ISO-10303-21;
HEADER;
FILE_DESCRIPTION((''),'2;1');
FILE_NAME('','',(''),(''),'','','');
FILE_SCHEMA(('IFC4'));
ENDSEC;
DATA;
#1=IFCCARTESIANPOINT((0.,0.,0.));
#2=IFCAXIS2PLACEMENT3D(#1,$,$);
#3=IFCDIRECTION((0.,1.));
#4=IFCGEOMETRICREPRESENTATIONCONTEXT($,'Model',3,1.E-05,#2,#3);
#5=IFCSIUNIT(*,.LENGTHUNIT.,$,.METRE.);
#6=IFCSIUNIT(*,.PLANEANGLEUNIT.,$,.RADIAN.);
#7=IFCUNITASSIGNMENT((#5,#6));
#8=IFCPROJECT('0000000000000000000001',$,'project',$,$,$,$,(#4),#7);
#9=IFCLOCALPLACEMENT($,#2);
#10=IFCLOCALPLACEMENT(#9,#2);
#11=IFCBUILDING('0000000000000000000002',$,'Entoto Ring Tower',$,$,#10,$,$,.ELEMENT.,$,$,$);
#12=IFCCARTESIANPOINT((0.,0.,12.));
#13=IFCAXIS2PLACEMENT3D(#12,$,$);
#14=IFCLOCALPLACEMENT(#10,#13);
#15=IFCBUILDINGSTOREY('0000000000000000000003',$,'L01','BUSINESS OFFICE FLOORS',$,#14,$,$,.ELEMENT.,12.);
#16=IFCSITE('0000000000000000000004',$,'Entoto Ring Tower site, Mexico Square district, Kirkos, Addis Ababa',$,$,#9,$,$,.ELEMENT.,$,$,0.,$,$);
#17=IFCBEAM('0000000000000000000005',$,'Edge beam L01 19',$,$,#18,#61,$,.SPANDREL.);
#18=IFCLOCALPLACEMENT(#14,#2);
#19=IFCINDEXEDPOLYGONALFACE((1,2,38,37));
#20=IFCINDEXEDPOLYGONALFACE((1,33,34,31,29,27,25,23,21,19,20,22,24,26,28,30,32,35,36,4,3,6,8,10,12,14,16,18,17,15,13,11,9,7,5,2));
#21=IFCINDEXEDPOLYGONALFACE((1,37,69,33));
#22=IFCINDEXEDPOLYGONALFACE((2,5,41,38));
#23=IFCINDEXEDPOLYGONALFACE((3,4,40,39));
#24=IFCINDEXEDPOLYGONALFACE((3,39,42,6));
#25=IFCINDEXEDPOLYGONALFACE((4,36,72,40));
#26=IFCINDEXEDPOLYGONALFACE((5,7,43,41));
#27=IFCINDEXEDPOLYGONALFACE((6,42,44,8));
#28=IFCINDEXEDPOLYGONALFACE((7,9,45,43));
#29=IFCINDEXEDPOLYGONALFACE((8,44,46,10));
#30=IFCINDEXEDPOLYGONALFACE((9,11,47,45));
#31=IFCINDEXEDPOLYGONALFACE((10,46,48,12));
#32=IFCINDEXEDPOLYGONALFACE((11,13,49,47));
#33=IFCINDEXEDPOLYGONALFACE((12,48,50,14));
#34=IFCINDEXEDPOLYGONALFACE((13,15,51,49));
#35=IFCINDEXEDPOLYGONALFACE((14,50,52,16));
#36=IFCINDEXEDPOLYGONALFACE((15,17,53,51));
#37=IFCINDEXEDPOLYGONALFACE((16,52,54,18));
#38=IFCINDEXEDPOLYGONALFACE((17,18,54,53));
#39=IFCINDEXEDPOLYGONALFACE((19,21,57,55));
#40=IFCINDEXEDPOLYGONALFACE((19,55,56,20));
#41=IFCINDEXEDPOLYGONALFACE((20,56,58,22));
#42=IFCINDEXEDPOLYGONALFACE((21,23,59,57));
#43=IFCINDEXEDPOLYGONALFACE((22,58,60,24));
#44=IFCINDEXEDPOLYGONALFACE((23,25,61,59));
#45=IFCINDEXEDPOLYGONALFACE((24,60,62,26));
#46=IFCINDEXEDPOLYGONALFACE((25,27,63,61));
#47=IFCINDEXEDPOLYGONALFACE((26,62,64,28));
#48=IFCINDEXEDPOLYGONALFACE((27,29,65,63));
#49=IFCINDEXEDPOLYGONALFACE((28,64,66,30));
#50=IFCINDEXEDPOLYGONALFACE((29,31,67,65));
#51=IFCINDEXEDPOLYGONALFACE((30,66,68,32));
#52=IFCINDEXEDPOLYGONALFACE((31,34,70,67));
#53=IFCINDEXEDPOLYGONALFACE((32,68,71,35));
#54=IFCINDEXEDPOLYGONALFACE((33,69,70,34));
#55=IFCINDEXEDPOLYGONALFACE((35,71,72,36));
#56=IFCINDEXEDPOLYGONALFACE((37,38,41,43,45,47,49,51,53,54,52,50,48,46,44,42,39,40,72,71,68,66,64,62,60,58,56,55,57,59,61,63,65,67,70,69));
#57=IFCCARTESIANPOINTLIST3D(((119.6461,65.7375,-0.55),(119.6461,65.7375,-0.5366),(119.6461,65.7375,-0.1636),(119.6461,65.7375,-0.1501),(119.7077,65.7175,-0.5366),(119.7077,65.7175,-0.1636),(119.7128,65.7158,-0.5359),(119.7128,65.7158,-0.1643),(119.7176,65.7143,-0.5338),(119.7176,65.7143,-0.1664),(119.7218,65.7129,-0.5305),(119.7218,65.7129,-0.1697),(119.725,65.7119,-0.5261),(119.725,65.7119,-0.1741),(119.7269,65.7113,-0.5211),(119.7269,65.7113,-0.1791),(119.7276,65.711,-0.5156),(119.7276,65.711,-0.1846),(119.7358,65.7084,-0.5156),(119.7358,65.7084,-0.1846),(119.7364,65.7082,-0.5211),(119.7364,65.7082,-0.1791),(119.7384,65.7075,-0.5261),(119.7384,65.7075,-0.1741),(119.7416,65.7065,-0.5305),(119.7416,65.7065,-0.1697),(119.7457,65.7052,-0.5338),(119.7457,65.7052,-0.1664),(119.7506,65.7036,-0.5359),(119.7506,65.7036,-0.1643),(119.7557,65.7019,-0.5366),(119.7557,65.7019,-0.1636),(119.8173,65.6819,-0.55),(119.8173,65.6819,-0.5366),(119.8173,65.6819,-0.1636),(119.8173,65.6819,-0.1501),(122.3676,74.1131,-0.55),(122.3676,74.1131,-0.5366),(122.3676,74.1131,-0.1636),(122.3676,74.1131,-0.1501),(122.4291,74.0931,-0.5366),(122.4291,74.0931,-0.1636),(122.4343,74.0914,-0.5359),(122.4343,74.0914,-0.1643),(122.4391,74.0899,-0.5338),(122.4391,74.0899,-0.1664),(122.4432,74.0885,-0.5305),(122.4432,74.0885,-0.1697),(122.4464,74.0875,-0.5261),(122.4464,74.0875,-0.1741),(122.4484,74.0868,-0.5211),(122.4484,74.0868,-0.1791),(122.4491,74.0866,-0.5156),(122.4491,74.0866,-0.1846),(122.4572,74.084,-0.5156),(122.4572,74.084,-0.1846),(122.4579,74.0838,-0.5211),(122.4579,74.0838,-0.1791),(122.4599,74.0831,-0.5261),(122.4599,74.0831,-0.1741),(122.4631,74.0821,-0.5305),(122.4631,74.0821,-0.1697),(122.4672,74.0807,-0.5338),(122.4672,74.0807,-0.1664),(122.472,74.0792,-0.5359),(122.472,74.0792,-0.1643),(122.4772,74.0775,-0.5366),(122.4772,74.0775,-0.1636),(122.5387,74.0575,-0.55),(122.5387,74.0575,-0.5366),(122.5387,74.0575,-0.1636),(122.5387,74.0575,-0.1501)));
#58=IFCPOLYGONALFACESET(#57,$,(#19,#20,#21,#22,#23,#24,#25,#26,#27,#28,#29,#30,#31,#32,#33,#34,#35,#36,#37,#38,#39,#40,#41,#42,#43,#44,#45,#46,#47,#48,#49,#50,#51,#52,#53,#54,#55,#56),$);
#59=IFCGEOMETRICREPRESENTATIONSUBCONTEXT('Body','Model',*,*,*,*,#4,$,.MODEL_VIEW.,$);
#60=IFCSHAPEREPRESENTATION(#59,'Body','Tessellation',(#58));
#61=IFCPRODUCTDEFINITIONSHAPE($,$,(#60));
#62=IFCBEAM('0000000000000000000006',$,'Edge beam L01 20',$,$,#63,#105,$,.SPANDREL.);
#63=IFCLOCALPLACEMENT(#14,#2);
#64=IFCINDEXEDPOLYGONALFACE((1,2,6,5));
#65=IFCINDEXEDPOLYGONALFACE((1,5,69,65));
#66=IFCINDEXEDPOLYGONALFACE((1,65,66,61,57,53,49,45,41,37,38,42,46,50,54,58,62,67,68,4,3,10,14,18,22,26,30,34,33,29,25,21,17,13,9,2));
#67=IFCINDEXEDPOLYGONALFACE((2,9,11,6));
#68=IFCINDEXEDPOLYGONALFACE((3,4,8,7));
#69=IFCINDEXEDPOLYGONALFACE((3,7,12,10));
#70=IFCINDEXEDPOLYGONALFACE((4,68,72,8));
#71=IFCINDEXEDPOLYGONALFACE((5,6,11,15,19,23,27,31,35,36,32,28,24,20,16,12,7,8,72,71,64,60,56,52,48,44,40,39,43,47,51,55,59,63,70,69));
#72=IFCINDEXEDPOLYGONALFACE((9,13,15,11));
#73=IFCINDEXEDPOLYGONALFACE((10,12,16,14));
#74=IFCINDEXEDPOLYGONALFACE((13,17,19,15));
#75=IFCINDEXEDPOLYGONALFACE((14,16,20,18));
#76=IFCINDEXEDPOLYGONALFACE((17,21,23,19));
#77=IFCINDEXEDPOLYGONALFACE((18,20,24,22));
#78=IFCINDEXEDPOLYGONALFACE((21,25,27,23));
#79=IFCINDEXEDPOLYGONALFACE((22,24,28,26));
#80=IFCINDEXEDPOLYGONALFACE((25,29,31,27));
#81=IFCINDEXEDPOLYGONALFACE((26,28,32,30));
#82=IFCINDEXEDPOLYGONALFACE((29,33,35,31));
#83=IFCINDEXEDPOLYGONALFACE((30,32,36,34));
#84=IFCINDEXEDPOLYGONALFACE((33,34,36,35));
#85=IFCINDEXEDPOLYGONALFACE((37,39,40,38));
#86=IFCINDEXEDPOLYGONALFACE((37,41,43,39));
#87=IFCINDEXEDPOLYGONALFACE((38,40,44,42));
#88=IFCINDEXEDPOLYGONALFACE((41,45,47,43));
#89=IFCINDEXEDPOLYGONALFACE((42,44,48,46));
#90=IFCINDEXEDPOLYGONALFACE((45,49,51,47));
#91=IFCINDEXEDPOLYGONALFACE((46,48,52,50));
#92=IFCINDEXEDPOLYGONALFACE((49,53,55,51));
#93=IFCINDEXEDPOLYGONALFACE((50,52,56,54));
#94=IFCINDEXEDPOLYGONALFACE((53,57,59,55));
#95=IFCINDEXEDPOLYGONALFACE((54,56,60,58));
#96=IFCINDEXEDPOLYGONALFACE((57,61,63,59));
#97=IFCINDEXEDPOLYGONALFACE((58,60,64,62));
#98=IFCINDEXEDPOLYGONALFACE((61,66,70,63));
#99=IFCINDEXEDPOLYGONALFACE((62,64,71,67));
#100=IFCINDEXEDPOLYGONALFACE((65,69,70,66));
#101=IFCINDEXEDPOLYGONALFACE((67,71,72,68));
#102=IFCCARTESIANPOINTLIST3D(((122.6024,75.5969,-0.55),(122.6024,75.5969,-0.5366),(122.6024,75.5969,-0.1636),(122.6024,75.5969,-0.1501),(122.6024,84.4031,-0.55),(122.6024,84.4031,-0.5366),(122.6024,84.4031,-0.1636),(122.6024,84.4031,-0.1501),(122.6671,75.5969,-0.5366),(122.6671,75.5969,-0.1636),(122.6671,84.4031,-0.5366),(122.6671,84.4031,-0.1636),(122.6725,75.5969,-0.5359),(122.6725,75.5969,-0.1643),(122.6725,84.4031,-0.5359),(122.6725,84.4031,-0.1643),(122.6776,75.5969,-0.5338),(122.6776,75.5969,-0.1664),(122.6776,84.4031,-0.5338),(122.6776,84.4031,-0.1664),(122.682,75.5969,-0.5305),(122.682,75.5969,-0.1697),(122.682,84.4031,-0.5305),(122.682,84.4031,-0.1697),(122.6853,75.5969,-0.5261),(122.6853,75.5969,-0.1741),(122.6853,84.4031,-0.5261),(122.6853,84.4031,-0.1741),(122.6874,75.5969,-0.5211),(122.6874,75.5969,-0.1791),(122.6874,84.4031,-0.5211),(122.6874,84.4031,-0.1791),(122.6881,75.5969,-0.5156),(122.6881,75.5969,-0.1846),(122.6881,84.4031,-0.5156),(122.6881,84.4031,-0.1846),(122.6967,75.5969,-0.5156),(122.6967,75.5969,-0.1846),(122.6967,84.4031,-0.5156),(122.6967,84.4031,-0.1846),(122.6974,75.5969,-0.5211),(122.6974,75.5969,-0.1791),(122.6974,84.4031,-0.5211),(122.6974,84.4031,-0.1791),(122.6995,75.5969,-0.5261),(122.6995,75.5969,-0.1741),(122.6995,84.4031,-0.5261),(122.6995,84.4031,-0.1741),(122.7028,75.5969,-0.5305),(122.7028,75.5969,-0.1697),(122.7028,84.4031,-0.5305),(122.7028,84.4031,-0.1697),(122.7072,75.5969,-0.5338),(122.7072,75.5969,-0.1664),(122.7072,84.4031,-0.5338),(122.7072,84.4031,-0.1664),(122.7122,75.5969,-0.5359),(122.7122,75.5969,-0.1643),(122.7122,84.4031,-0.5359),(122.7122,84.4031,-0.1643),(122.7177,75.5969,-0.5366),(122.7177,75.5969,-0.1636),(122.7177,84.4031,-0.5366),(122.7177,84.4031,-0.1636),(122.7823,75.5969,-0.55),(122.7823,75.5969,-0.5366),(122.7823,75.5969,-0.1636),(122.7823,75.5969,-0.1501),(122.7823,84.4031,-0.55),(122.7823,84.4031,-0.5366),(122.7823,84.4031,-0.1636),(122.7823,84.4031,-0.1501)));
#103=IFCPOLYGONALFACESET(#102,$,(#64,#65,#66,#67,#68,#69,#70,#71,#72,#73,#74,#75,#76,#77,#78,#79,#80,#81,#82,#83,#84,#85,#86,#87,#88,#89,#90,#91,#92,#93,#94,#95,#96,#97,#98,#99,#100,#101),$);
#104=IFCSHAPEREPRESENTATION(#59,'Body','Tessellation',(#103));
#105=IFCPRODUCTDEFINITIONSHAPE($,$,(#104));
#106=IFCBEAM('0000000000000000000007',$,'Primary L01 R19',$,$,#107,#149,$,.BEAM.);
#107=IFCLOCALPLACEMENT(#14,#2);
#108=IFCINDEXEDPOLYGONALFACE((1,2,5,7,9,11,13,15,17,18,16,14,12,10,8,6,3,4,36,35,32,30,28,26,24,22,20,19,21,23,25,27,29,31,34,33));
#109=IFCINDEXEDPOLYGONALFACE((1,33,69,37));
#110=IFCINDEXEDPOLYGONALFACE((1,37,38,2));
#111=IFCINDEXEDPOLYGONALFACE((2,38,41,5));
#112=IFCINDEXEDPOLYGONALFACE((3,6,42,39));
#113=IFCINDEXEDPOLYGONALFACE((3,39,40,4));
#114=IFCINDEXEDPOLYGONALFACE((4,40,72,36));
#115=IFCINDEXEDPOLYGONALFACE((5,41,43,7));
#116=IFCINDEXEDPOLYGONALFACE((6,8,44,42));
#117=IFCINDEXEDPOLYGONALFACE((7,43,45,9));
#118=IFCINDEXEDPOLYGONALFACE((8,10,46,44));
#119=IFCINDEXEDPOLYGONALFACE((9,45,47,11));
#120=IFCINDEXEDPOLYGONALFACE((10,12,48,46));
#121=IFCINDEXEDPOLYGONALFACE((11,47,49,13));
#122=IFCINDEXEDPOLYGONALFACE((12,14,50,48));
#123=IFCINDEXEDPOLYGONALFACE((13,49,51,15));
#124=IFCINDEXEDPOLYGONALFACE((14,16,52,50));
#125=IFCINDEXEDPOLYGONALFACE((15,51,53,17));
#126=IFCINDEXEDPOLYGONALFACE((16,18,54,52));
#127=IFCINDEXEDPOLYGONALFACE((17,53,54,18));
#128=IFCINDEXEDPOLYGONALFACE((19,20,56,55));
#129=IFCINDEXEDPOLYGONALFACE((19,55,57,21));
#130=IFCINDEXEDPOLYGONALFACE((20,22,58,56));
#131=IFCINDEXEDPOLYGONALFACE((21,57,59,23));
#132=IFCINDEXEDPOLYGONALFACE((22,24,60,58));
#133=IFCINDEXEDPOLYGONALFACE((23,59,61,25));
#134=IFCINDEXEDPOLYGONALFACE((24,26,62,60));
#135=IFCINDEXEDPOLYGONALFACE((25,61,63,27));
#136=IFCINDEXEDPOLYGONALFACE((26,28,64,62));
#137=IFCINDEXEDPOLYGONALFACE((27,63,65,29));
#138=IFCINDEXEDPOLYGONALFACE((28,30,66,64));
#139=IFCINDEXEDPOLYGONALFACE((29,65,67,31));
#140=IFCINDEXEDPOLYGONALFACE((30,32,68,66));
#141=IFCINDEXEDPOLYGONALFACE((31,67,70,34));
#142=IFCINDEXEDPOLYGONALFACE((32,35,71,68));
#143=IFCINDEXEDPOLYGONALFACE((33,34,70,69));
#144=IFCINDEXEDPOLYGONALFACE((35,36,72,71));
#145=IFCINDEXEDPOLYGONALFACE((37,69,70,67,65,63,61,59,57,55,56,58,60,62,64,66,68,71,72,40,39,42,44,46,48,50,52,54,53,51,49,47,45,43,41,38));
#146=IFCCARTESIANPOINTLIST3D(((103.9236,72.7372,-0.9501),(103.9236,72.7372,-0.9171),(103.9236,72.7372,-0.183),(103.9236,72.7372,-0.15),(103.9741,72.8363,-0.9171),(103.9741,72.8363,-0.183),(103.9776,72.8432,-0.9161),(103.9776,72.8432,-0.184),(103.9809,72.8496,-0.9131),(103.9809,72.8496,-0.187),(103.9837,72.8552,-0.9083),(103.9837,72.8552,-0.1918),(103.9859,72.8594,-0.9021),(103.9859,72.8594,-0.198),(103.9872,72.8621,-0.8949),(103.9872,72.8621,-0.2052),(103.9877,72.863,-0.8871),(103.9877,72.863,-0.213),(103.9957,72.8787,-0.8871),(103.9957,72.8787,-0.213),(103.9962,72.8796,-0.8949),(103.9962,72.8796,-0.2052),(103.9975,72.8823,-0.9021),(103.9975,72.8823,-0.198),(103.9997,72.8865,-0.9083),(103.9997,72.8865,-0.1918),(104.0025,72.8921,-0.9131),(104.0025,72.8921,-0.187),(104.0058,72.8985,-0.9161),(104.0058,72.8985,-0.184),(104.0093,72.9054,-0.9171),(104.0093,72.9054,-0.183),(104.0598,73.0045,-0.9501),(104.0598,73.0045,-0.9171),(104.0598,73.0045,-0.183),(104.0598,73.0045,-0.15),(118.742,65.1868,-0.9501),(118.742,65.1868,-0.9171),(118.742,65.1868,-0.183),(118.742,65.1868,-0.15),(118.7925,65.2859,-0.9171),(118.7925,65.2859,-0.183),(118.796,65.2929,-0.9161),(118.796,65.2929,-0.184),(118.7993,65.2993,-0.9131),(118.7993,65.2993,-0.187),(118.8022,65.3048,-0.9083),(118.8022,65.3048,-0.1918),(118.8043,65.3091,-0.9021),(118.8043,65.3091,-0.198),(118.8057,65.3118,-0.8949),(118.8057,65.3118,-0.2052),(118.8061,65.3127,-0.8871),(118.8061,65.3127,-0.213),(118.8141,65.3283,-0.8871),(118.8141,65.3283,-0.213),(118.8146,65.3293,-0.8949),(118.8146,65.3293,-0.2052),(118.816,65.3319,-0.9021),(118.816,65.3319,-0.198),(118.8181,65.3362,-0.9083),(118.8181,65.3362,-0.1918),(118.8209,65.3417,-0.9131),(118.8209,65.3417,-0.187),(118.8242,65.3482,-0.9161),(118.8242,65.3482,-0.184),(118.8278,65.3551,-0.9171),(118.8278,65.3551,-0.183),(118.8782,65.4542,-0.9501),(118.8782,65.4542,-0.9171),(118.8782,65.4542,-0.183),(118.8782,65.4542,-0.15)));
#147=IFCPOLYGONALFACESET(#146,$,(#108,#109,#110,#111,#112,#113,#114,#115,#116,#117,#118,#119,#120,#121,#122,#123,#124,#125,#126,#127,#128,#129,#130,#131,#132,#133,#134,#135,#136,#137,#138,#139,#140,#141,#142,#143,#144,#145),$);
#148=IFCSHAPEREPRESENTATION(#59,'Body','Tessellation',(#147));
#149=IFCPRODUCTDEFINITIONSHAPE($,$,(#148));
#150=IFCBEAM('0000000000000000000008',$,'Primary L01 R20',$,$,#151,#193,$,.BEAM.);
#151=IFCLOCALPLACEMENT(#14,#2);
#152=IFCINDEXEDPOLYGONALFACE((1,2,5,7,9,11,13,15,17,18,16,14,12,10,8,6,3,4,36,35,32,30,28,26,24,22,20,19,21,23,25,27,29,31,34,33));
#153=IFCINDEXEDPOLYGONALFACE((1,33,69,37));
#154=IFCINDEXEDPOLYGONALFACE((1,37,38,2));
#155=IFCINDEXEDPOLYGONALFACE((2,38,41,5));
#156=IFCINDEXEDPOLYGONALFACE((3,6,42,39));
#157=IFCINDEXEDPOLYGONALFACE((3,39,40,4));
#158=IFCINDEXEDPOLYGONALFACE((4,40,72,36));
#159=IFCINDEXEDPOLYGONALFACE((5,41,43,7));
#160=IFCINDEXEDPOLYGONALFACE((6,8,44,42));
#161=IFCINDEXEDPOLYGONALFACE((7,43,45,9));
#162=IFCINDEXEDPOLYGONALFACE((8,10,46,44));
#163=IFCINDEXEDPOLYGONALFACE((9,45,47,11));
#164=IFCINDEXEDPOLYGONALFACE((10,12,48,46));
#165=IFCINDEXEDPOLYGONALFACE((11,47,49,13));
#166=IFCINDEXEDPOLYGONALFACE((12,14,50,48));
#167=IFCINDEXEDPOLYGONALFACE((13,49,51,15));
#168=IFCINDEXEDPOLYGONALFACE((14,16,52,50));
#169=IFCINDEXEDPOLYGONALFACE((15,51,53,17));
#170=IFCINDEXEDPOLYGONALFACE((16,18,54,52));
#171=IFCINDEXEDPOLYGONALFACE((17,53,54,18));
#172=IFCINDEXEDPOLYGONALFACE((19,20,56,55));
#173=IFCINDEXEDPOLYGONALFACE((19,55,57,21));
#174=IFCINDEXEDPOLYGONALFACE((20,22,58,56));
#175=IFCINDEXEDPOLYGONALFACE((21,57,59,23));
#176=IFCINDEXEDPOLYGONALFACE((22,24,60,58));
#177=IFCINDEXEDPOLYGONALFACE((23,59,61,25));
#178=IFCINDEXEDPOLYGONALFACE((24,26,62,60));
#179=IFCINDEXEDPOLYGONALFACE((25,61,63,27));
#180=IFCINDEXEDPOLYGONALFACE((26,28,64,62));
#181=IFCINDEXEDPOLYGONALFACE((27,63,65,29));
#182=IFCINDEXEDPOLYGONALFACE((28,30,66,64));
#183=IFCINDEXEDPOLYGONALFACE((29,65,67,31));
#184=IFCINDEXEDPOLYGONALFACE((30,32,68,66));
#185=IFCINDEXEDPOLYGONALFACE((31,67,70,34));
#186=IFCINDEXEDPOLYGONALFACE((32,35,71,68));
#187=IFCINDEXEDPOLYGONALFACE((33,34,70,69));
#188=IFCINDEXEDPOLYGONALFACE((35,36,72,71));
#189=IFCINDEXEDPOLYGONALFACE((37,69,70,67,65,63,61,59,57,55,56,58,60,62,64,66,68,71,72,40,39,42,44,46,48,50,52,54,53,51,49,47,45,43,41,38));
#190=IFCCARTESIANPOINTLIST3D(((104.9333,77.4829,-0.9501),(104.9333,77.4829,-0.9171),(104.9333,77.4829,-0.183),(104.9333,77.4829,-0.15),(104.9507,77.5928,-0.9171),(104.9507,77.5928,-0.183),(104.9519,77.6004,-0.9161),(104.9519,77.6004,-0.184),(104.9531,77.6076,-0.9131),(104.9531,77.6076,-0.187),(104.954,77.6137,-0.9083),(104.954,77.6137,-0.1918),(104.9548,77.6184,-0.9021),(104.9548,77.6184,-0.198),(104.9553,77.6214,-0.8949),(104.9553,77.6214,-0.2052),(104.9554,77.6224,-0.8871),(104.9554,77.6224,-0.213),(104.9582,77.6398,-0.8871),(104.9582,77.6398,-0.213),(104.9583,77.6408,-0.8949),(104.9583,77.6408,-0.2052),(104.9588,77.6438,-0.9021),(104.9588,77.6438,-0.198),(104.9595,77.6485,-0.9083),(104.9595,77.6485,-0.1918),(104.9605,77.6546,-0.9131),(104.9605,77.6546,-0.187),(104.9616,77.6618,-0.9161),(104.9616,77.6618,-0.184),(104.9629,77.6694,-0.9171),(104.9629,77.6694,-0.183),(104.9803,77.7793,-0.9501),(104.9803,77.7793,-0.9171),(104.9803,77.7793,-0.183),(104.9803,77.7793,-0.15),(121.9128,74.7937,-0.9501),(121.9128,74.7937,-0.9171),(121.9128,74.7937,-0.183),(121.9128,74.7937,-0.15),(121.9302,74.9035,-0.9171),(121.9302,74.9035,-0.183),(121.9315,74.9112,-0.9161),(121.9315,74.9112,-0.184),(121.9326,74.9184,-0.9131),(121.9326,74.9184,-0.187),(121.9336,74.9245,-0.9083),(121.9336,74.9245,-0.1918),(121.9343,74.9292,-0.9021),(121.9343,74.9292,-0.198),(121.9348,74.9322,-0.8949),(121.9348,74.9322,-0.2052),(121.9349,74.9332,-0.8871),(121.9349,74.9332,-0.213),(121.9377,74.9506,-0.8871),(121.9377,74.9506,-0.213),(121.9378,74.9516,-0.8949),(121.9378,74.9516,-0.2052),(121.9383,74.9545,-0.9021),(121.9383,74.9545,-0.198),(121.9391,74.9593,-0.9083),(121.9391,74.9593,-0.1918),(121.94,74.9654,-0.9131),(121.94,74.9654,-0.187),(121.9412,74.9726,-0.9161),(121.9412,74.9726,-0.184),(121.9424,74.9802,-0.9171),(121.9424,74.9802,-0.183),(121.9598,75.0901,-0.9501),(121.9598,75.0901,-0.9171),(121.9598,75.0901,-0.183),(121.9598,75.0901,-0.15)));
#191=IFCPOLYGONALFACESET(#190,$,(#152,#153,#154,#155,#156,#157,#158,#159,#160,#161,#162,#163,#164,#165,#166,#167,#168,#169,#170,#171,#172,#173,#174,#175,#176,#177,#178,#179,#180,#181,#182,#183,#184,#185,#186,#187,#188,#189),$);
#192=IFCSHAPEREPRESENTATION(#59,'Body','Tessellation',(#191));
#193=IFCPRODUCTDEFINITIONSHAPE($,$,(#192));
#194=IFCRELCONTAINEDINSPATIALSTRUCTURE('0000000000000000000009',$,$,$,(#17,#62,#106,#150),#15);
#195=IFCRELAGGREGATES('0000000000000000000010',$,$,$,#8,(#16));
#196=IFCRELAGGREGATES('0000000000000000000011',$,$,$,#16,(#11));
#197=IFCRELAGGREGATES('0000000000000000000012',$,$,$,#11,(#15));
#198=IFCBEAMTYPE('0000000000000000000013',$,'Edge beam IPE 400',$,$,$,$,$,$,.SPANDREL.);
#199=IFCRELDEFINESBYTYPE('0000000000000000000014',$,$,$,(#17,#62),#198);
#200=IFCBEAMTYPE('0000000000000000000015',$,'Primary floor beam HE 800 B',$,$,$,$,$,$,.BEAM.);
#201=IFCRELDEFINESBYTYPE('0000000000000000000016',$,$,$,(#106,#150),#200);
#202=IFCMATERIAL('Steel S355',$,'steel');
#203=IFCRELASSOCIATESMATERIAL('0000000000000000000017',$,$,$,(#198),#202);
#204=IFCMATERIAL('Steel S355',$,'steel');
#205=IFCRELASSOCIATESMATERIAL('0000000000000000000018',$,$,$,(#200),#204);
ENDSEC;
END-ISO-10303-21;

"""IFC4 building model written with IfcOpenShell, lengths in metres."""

from ifc_helpers import new_model, si_unit, direction, frame, origin, origin_2d, place, context, subcontext, project, spatial, i_section, extrude, material, material_profile, profile_set, type_object, element, save


model = new_model("IFC4")

# Units and contexts
model_context = context("Model", 3, precision=1e-05, world=origin(), true_north=direction((0.0, 1.0)))
body_context = subcontext(model_context, "Body", "Model", "MODEL_VIEW")
ifc_project = project(units=[si_unit("LENGTHUNIT", "METRE"), si_unit("PLANEANGLEUNIT", "RADIAN")], contexts=[model_context])

# Site, building, storey
site_placement = place(None, origin())
site = spatial("IfcSite", under=ifc_project, at=site_placement, Name="Entoto Ring Tower site, Mexico Square district, Kirkos, Addis Ababa", CompositionType="ELEMENT", RefElevation=0.0)
building_placement = place(site_placement, origin())
building = spatial("IfcBuilding", under=site, at=building_placement, Name="Entoto Ring Tower", CompositionType="ELEMENT")
storey_placement = place(building_placement, frame((0.0, 0.0, 12.0)))
storey = spatial("IfcBuildingStorey", under=building, at=storey_placement, Name="L01", Description="BUSINESS OFFICE FLOORS", CompositionType="ELEMENT", Elevation=12.0)

# Beams
ifc_material_1 = material(Name="Steel S355", Category="steel")
ifc_material_profile_1 = material_profile(ifc_material_1, i_section(OverallWidth=0.1799, OverallDepth=0.3999, WebThickness=0.0085, FlangeThickness=0.0134, FilletRadius=0.021, at=origin_2d()), Name="IPE 400")
ifc_profile_set_1 = profile_set([ifc_material_profile_1], Name="Steel S355")
beam_type_1 = type_object("IfcBeamType", Name="Edge beam IPE 400", PredefinedType="SPANDREL", material=ifc_profile_set_1)
beam_1_placement = place(storey_placement, frame((119.7317, 65.7097, -0.3501), z_axis=(0.309025, 0.951054, 0.0), x_axis=(-0.951054, 0.309025, 0.0)))
element("IfcBeam", 1, at=beam_1_placement, inside=storey, type_object=beam_type_1, Name="Edge beam L01 19", PredefinedType="SPANDREL", context=body_context, shape_type="SweptSolid", body=[
    extrude(i_section(OverallWidth=0.1799, OverallDepth=0.3999, WebThickness=0.0085, FlangeThickness=0.0134, FilletRadius=0.021, at=origin_2d()), origin(), (0.0, 0.0, 1.0), 8.8066),
])
beam_2_placement = place(storey_placement, frame((122.6924, 75.5969, -0.3501), z_axis=(0.0, 1.0, 0.0), x_axis=(-1.0, 0.0, 0.0)))
element("IfcBeam", 2, at=beam_2_placement, inside=storey, type_object=beam_type_1, Name="Edge beam L01 20", PredefinedType="SPANDREL", context=body_context, shape_type="SweptSolid", body=[
    extrude(i_section(OverallWidth=0.1799, OverallDepth=0.3999, WebThickness=0.0085, FlangeThickness=0.0134, FilletRadius=0.021, at=origin_2d()), origin(), (0.0, 0.0, 1.0), 8.8062),
])
ifc_material_2 = material(Name="Steel S355", Category="steel")
ifc_material_profile_2 = material_profile(ifc_material_2, i_section(OverallWidth=0.3, OverallDepth=0.8, WebThickness=0.0176, FlangeThickness=0.033, FilletRadius=0.03, at=origin_2d()), Name="HE 800 B")
ifc_profile_set_2 = profile_set([ifc_material_profile_2], Name="Steel S355")
beam_type_2 = type_object("IfcBeamType", Name="Primary floor beam HE 800 B", PredefinedType="BEAM", material=ifc_profile_set_2)
beam_3_placement = place(storey_placement, frame((103.9917, 72.8708, -0.55), z_axis=(0.891007, -0.453989, 0.0), x_axis=(0.453989, 0.891007, 0.0)))
element("IfcBeam", 3, at=beam_3_placement, inside=storey, type_object=beam_type_2, Name="Primary L01 R19", PredefinedType="BEAM", context=body_context, shape_type="SweptSolid", body=[
    extrude(i_section(OverallWidth=0.3, OverallDepth=0.8, WebThickness=0.0176, FlangeThickness=0.033, FilletRadius=0.03, at=origin_2d()), origin(), (0.0, 0.0, 1.0), 16.6311),
])
beam_4_placement = place(storey_placement, frame((104.9568, 77.6311, -0.55), z_axis=(0.987689, -0.15643, 0.0), x_axis=(0.15643, 0.987689, 0.0)))
element("IfcBeam", 4, at=beam_4_placement, inside=storey, type_object=beam_type_2, Name="Primary L01 R20", PredefinedType="BEAM", context=body_context, shape_type="SweptSolid", body=[
    extrude(i_section(OverallWidth=0.3, OverallDepth=0.8, WebThickness=0.0176, FlangeThickness=0.033, FilletRadius=0.03, at=origin_2d()), origin(), (0.0, 0.0, 1.0), 17.1912),
])

save(model, "model.ifc")
